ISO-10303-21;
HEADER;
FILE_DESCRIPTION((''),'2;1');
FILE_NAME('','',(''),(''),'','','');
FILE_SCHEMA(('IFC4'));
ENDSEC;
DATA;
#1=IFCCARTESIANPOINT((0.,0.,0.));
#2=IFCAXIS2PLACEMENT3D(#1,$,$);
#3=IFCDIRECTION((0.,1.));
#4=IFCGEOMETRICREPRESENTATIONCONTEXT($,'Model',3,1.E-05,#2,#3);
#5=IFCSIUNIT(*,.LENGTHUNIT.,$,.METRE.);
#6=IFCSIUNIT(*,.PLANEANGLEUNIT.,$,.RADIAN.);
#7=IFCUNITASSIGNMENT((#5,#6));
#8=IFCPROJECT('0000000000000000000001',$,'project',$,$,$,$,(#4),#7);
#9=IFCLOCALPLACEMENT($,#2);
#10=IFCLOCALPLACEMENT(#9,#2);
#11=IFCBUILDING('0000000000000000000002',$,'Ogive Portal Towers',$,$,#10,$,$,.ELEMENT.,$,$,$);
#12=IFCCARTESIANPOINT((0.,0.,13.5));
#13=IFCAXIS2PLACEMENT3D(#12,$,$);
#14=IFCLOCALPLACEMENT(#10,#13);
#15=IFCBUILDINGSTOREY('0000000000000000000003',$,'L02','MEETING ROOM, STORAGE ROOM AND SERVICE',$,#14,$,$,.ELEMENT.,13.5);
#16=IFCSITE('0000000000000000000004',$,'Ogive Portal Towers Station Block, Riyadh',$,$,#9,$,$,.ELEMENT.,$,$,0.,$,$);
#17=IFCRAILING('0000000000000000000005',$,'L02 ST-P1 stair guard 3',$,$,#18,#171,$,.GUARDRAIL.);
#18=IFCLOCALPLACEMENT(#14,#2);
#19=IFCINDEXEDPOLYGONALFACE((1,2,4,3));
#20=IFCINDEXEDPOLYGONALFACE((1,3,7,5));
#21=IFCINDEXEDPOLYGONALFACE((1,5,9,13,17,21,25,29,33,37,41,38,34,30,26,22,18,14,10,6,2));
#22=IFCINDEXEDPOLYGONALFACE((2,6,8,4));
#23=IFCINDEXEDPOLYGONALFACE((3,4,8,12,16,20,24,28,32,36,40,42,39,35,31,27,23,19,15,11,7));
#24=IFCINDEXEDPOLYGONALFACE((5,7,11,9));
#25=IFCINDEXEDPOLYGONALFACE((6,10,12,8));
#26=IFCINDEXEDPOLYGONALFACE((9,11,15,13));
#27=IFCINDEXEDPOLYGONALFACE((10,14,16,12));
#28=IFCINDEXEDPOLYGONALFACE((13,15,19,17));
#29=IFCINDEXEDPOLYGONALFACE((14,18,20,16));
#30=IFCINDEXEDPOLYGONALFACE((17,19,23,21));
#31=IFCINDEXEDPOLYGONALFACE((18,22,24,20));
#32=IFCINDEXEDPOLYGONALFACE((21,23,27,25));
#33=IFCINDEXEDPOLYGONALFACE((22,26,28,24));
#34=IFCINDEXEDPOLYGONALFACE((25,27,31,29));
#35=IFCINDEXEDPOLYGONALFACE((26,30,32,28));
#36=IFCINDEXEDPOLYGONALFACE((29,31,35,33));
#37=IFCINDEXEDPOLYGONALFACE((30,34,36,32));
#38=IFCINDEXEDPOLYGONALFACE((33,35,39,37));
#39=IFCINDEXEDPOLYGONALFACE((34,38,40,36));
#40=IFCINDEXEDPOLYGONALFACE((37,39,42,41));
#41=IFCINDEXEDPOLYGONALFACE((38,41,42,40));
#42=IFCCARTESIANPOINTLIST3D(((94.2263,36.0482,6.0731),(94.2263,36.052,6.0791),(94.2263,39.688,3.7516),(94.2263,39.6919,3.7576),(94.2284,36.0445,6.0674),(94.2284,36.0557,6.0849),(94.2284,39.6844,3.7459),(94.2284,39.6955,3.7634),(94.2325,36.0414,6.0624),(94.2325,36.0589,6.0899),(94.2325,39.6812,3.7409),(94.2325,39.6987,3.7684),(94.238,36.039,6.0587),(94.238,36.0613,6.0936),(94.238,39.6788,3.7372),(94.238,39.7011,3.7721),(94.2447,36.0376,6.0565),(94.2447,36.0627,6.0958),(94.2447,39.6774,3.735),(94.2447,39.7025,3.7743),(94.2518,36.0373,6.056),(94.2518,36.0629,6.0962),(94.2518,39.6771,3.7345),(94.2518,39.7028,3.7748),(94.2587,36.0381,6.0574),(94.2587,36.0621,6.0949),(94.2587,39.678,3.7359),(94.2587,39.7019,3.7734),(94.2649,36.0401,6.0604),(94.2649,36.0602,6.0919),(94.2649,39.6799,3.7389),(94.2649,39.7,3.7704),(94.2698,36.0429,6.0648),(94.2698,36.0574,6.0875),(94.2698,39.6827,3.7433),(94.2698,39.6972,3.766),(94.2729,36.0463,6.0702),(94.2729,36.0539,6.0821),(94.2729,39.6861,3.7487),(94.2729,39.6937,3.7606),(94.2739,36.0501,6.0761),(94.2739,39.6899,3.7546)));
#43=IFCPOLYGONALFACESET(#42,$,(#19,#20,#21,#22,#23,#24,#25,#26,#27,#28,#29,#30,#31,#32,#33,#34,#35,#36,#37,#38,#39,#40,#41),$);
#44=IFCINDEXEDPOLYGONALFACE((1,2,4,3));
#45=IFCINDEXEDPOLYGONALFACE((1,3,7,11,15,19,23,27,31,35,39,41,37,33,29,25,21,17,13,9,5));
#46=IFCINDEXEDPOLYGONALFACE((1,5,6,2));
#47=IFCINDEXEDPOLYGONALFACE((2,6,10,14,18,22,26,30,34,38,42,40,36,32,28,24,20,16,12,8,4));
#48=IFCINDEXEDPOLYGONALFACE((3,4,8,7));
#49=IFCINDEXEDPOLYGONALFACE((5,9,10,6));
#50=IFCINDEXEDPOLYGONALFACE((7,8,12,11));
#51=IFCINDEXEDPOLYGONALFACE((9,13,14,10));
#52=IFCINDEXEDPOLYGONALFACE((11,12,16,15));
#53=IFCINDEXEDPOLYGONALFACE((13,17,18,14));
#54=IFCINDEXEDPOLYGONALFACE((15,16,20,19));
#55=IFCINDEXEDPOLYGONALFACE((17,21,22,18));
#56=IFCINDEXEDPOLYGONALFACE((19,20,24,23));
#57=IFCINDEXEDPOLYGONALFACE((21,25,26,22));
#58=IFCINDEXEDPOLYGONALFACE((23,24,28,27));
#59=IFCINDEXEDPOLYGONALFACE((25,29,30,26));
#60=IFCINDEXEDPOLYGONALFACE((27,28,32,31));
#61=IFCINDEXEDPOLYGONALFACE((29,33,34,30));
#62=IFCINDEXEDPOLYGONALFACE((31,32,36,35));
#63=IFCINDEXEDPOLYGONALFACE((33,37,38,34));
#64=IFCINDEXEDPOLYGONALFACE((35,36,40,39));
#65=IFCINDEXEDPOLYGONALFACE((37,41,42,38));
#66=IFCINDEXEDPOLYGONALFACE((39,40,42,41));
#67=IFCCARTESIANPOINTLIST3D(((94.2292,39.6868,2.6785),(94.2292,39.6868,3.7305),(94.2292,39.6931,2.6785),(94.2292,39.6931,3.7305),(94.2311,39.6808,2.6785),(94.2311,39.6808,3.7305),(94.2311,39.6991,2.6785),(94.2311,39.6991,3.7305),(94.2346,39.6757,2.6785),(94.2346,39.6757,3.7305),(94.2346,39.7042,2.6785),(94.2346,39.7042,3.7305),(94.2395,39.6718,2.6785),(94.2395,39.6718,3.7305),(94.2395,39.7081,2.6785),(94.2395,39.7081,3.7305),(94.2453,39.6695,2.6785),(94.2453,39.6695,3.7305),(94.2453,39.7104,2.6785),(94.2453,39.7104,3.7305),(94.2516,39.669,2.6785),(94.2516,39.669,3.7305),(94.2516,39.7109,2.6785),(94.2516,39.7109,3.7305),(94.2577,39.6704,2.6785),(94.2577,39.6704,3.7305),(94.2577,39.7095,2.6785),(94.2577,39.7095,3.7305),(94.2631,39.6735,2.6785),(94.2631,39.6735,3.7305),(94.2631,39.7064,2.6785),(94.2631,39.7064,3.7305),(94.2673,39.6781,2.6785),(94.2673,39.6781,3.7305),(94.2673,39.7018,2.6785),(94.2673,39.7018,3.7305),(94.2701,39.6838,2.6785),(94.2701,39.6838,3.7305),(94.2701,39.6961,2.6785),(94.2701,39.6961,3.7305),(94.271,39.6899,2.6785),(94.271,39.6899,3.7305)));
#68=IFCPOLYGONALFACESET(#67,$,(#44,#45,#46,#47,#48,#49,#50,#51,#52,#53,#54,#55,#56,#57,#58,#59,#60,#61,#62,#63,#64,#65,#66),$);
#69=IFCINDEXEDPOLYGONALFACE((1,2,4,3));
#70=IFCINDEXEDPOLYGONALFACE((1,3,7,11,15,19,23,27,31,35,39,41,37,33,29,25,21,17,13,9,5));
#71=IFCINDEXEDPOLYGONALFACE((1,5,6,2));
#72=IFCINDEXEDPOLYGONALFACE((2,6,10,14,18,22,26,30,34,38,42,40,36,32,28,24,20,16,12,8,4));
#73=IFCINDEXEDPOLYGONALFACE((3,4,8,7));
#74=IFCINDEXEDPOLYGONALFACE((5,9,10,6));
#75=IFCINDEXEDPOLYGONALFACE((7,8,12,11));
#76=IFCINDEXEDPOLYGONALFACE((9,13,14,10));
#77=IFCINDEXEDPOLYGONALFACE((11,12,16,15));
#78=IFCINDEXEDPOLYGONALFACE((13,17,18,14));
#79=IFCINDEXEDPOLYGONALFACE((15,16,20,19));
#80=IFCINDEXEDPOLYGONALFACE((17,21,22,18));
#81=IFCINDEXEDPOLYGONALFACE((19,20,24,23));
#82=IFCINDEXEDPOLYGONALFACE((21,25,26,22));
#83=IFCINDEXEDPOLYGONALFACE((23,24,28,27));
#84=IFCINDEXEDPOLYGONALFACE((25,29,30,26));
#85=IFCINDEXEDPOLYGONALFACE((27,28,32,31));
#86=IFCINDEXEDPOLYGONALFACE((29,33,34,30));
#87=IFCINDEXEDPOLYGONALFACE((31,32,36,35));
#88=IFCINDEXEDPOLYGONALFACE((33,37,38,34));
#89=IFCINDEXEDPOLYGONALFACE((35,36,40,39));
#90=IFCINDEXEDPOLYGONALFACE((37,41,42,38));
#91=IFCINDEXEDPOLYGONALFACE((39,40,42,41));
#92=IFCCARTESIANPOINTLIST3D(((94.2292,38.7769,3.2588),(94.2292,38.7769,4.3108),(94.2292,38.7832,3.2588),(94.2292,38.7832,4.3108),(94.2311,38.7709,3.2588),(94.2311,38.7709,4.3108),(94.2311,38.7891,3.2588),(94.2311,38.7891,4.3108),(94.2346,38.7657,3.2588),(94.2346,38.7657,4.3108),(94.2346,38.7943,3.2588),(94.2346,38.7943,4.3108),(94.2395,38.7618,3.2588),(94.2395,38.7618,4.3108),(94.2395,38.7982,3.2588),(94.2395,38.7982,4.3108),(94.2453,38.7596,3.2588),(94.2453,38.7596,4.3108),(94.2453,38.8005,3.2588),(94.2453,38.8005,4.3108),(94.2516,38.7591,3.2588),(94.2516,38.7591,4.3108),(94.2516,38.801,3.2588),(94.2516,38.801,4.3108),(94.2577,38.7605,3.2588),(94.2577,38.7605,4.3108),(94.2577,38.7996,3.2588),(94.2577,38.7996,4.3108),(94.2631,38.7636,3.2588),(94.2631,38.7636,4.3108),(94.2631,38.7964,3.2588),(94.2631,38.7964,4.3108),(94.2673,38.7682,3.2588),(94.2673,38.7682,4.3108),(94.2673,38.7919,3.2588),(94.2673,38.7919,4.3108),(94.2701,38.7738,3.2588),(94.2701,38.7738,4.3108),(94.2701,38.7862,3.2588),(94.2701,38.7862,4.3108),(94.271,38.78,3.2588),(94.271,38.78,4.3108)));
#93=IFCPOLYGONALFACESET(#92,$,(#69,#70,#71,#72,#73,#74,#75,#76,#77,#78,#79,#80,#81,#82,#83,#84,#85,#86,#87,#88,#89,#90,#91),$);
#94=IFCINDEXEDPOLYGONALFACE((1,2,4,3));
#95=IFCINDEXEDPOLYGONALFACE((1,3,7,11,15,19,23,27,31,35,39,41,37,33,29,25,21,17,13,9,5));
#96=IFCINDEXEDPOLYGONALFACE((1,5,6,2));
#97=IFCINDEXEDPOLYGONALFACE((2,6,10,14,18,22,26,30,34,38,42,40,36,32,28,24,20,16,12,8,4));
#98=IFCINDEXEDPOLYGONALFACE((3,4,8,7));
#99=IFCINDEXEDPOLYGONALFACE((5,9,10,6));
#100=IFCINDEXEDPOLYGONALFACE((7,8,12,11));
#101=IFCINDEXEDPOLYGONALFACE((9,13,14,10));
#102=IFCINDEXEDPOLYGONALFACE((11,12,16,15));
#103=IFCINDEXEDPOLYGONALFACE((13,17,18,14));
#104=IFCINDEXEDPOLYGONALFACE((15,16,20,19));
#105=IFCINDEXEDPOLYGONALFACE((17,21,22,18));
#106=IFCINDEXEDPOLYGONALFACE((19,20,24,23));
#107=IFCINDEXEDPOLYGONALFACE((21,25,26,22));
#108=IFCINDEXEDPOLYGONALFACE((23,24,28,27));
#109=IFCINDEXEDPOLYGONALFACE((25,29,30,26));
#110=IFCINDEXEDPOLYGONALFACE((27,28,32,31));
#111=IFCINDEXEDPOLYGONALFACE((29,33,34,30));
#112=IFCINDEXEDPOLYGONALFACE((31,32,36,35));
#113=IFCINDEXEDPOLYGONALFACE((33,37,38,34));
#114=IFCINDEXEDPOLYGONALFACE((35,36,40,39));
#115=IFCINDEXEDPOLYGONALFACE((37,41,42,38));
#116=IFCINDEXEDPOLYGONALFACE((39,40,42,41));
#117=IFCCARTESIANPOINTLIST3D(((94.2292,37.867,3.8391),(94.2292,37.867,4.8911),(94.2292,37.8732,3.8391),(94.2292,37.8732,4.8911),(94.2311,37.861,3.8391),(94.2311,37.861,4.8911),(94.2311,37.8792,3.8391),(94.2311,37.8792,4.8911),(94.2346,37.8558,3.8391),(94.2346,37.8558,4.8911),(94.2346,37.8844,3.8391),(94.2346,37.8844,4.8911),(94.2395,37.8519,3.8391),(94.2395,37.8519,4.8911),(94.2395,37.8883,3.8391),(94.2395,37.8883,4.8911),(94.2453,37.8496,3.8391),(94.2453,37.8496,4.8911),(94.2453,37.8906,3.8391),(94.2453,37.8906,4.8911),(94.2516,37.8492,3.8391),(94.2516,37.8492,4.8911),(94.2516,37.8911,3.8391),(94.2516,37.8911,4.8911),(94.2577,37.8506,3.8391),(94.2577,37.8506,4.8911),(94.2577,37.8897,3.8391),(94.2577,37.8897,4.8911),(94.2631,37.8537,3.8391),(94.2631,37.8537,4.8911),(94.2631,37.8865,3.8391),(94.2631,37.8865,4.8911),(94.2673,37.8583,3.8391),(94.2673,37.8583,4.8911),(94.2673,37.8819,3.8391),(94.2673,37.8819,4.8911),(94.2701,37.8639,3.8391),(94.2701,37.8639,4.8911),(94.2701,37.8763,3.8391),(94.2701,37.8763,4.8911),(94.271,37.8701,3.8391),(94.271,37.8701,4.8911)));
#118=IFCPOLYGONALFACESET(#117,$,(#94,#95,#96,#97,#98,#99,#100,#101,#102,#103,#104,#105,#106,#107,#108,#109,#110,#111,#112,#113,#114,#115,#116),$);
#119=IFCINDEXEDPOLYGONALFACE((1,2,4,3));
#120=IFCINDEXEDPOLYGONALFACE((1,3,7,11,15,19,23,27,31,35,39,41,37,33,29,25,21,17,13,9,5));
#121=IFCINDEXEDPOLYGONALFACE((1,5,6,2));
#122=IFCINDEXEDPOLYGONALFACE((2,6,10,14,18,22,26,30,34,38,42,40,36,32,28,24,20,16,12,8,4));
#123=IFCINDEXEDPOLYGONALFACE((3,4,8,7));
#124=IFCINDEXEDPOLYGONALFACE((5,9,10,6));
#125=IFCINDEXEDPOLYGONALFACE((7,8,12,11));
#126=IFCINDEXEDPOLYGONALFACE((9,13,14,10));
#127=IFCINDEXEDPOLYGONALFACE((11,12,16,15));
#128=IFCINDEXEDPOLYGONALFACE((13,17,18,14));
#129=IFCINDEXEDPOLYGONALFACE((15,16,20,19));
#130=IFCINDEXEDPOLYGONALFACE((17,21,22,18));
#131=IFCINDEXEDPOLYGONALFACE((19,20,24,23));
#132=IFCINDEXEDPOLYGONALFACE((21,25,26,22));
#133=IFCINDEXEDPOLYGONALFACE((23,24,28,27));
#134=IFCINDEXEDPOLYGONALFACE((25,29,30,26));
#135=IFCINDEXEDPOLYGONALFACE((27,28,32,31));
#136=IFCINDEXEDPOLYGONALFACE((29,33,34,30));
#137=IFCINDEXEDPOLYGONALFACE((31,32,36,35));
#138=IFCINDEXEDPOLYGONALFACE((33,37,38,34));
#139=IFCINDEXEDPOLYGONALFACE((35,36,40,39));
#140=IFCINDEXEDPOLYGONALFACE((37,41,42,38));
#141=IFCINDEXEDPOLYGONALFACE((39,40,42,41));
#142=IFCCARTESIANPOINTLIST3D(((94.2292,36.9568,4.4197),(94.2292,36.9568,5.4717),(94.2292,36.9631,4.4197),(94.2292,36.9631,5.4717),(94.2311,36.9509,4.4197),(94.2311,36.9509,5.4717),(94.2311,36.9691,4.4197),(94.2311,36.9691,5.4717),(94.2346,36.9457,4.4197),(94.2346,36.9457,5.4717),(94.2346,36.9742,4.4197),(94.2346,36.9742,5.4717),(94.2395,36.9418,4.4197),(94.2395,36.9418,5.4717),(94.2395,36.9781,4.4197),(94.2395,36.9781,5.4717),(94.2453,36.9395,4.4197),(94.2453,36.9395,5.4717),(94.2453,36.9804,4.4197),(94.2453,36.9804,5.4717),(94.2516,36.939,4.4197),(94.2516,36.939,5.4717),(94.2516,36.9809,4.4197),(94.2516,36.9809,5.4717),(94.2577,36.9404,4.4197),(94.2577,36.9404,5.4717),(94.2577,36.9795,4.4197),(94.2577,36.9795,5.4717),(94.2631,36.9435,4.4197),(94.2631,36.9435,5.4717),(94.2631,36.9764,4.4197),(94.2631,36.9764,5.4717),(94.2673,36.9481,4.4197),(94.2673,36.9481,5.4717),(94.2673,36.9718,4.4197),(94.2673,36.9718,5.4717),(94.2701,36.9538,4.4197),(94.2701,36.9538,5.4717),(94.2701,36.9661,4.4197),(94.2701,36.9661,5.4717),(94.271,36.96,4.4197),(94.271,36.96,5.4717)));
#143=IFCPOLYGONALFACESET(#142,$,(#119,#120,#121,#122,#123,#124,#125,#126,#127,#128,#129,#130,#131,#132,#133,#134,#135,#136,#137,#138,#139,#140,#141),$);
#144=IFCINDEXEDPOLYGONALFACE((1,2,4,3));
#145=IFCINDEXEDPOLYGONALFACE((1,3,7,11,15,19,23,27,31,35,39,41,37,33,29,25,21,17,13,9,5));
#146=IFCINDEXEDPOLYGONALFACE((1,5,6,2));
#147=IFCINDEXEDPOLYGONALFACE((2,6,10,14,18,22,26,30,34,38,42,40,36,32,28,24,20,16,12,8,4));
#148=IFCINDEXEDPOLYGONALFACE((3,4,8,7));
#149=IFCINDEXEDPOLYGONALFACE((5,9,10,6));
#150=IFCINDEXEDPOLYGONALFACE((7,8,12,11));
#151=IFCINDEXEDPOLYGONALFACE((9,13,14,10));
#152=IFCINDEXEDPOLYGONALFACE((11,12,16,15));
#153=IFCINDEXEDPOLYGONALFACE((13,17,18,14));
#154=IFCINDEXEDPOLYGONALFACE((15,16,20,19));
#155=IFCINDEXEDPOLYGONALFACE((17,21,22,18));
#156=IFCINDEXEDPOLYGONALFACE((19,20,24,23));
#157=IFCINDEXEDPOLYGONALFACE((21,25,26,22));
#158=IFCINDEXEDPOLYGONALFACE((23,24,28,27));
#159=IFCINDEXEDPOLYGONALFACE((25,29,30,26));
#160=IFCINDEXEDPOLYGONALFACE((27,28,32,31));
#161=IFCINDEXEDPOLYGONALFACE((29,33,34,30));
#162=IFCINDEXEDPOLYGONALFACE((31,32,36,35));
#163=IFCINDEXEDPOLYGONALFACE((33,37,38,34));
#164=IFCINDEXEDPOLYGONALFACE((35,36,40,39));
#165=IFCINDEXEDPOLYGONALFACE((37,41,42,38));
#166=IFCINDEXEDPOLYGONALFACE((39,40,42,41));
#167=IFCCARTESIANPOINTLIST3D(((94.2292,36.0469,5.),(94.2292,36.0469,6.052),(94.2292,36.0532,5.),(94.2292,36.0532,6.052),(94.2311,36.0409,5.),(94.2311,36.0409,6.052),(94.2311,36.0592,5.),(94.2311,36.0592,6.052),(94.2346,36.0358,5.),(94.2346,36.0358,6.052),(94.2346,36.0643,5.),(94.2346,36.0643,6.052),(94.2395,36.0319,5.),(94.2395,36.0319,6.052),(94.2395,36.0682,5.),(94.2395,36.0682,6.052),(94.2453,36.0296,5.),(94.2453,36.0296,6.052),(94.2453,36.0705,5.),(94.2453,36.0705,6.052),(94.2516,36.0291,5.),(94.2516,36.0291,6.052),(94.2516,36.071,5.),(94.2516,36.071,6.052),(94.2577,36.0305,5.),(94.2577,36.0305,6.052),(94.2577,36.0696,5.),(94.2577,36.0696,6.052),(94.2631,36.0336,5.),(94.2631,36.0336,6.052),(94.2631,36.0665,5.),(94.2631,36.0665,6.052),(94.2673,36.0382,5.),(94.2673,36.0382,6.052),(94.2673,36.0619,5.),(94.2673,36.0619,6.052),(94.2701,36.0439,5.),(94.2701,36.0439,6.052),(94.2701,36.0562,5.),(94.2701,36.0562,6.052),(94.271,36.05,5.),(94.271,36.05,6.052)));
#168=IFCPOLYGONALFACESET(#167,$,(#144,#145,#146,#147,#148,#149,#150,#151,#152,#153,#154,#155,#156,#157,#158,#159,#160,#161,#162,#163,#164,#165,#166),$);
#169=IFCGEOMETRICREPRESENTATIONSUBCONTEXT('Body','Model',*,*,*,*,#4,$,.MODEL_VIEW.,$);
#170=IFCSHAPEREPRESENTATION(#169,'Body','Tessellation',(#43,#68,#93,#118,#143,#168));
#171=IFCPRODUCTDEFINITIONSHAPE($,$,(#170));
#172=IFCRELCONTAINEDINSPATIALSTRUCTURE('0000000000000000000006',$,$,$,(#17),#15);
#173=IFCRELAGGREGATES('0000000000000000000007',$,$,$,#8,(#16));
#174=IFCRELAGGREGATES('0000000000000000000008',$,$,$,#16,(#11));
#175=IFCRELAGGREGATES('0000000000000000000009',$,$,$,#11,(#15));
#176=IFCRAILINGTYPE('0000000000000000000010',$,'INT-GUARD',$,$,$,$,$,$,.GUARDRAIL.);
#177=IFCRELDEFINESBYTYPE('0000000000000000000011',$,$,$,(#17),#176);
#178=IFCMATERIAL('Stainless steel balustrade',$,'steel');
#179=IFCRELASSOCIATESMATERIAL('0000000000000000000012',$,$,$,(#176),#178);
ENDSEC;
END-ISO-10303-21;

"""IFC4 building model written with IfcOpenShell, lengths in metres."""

from ifc_helpers import new_model, si_unit, direction, frame, origin, origin_2d, place, context, subcontext, project, spatial, circle, extrude, material, type_object, element, save


model = new_model("IFC4")

# Units and contexts
model_context = context("Model", 3, precision=1e-05, world=origin(), true_north=direction((0.0, 1.0)))
body_context = subcontext(model_context, "Body", "Model", "MODEL_VIEW")
ifc_project = project(units=[si_unit("LENGTHUNIT", "METRE"), si_unit("PLANEANGLEUNIT", "RADIAN")], contexts=[model_context])

# Site, building, storey
site_placement = place(None, origin())
site = spatial("IfcSite", under=ifc_project, at=site_placement, Name="Ogive Portal Towers Station Block, Riyadh", CompositionType="ELEMENT", RefElevation=0.0)
building_placement = place(site_placement, origin())
building = spatial("IfcBuilding", under=site, at=building_placement, Name="Ogive Portal Towers", CompositionType="ELEMENT")
storey_placement = place(building_placement, frame((0.0, 0.0, 13.5)))
storey = spatial("IfcBuildingStorey", under=building, at=storey_placement, Name="L02", Description="MEETING ROOM, STORAGE ROOM AND SERVICE", CompositionType="ELEMENT", Elevation=13.5)

# Railing
ifc_material_1 = material(Name="Stainless steel balustrade", Category="steel")
railing_type_1 = type_object("IfcRailingType", Name="INT-GUARD", PredefinedType="GUARDRAIL", material=ifc_material_1)
railing_1_placement = place(storey_placement, frame((94.25, 39.6899, 2.6785)))
element("IfcRailing", 1, at=railing_1_placement, inside=storey, type_object=railing_type_1, Name="L02 ST-P1 stair guard 3", PredefinedType="GUARDRAIL", context=body_context, shape_type="SweptSolid", body=[
    extrude(circle(Radius=0.0239, at=origin_2d()), frame((0.0, 0.0, 1.0762), z_axis=(0.0, -0.843112, 0.537739), x_axis=(1.0, 0.0, 0.0)), (0.0, 0.0, 1.0), 4.3171),
    extrude(circle(Radius=0.021, at=origin_2d()), origin(), (0.0, 0.0, 1.0), 1.052),
    extrude(circle(Radius=0.021, at=origin_2d()), frame((0.0, -0.9099, 0.5803)), (0.0, 0.0, 1.0), 1.052),
    extrude(circle(Radius=0.021, at=origin_2d()), frame((0.0, -1.8198, 1.1606)), (0.0, 0.0, 1.0), 1.052),
    extrude(circle(Radius=0.021, at=origin_2d()), frame((0.0, -2.73, 1.7412)), (0.0, 0.0, 1.0), 1.052),
    extrude(circle(Radius=0.021, at=origin_2d()), frame((0.0, -3.6399, 2.3215)), (0.0, 0.0, 1.0), 1.052),
])

save(model, "model.ifc")
